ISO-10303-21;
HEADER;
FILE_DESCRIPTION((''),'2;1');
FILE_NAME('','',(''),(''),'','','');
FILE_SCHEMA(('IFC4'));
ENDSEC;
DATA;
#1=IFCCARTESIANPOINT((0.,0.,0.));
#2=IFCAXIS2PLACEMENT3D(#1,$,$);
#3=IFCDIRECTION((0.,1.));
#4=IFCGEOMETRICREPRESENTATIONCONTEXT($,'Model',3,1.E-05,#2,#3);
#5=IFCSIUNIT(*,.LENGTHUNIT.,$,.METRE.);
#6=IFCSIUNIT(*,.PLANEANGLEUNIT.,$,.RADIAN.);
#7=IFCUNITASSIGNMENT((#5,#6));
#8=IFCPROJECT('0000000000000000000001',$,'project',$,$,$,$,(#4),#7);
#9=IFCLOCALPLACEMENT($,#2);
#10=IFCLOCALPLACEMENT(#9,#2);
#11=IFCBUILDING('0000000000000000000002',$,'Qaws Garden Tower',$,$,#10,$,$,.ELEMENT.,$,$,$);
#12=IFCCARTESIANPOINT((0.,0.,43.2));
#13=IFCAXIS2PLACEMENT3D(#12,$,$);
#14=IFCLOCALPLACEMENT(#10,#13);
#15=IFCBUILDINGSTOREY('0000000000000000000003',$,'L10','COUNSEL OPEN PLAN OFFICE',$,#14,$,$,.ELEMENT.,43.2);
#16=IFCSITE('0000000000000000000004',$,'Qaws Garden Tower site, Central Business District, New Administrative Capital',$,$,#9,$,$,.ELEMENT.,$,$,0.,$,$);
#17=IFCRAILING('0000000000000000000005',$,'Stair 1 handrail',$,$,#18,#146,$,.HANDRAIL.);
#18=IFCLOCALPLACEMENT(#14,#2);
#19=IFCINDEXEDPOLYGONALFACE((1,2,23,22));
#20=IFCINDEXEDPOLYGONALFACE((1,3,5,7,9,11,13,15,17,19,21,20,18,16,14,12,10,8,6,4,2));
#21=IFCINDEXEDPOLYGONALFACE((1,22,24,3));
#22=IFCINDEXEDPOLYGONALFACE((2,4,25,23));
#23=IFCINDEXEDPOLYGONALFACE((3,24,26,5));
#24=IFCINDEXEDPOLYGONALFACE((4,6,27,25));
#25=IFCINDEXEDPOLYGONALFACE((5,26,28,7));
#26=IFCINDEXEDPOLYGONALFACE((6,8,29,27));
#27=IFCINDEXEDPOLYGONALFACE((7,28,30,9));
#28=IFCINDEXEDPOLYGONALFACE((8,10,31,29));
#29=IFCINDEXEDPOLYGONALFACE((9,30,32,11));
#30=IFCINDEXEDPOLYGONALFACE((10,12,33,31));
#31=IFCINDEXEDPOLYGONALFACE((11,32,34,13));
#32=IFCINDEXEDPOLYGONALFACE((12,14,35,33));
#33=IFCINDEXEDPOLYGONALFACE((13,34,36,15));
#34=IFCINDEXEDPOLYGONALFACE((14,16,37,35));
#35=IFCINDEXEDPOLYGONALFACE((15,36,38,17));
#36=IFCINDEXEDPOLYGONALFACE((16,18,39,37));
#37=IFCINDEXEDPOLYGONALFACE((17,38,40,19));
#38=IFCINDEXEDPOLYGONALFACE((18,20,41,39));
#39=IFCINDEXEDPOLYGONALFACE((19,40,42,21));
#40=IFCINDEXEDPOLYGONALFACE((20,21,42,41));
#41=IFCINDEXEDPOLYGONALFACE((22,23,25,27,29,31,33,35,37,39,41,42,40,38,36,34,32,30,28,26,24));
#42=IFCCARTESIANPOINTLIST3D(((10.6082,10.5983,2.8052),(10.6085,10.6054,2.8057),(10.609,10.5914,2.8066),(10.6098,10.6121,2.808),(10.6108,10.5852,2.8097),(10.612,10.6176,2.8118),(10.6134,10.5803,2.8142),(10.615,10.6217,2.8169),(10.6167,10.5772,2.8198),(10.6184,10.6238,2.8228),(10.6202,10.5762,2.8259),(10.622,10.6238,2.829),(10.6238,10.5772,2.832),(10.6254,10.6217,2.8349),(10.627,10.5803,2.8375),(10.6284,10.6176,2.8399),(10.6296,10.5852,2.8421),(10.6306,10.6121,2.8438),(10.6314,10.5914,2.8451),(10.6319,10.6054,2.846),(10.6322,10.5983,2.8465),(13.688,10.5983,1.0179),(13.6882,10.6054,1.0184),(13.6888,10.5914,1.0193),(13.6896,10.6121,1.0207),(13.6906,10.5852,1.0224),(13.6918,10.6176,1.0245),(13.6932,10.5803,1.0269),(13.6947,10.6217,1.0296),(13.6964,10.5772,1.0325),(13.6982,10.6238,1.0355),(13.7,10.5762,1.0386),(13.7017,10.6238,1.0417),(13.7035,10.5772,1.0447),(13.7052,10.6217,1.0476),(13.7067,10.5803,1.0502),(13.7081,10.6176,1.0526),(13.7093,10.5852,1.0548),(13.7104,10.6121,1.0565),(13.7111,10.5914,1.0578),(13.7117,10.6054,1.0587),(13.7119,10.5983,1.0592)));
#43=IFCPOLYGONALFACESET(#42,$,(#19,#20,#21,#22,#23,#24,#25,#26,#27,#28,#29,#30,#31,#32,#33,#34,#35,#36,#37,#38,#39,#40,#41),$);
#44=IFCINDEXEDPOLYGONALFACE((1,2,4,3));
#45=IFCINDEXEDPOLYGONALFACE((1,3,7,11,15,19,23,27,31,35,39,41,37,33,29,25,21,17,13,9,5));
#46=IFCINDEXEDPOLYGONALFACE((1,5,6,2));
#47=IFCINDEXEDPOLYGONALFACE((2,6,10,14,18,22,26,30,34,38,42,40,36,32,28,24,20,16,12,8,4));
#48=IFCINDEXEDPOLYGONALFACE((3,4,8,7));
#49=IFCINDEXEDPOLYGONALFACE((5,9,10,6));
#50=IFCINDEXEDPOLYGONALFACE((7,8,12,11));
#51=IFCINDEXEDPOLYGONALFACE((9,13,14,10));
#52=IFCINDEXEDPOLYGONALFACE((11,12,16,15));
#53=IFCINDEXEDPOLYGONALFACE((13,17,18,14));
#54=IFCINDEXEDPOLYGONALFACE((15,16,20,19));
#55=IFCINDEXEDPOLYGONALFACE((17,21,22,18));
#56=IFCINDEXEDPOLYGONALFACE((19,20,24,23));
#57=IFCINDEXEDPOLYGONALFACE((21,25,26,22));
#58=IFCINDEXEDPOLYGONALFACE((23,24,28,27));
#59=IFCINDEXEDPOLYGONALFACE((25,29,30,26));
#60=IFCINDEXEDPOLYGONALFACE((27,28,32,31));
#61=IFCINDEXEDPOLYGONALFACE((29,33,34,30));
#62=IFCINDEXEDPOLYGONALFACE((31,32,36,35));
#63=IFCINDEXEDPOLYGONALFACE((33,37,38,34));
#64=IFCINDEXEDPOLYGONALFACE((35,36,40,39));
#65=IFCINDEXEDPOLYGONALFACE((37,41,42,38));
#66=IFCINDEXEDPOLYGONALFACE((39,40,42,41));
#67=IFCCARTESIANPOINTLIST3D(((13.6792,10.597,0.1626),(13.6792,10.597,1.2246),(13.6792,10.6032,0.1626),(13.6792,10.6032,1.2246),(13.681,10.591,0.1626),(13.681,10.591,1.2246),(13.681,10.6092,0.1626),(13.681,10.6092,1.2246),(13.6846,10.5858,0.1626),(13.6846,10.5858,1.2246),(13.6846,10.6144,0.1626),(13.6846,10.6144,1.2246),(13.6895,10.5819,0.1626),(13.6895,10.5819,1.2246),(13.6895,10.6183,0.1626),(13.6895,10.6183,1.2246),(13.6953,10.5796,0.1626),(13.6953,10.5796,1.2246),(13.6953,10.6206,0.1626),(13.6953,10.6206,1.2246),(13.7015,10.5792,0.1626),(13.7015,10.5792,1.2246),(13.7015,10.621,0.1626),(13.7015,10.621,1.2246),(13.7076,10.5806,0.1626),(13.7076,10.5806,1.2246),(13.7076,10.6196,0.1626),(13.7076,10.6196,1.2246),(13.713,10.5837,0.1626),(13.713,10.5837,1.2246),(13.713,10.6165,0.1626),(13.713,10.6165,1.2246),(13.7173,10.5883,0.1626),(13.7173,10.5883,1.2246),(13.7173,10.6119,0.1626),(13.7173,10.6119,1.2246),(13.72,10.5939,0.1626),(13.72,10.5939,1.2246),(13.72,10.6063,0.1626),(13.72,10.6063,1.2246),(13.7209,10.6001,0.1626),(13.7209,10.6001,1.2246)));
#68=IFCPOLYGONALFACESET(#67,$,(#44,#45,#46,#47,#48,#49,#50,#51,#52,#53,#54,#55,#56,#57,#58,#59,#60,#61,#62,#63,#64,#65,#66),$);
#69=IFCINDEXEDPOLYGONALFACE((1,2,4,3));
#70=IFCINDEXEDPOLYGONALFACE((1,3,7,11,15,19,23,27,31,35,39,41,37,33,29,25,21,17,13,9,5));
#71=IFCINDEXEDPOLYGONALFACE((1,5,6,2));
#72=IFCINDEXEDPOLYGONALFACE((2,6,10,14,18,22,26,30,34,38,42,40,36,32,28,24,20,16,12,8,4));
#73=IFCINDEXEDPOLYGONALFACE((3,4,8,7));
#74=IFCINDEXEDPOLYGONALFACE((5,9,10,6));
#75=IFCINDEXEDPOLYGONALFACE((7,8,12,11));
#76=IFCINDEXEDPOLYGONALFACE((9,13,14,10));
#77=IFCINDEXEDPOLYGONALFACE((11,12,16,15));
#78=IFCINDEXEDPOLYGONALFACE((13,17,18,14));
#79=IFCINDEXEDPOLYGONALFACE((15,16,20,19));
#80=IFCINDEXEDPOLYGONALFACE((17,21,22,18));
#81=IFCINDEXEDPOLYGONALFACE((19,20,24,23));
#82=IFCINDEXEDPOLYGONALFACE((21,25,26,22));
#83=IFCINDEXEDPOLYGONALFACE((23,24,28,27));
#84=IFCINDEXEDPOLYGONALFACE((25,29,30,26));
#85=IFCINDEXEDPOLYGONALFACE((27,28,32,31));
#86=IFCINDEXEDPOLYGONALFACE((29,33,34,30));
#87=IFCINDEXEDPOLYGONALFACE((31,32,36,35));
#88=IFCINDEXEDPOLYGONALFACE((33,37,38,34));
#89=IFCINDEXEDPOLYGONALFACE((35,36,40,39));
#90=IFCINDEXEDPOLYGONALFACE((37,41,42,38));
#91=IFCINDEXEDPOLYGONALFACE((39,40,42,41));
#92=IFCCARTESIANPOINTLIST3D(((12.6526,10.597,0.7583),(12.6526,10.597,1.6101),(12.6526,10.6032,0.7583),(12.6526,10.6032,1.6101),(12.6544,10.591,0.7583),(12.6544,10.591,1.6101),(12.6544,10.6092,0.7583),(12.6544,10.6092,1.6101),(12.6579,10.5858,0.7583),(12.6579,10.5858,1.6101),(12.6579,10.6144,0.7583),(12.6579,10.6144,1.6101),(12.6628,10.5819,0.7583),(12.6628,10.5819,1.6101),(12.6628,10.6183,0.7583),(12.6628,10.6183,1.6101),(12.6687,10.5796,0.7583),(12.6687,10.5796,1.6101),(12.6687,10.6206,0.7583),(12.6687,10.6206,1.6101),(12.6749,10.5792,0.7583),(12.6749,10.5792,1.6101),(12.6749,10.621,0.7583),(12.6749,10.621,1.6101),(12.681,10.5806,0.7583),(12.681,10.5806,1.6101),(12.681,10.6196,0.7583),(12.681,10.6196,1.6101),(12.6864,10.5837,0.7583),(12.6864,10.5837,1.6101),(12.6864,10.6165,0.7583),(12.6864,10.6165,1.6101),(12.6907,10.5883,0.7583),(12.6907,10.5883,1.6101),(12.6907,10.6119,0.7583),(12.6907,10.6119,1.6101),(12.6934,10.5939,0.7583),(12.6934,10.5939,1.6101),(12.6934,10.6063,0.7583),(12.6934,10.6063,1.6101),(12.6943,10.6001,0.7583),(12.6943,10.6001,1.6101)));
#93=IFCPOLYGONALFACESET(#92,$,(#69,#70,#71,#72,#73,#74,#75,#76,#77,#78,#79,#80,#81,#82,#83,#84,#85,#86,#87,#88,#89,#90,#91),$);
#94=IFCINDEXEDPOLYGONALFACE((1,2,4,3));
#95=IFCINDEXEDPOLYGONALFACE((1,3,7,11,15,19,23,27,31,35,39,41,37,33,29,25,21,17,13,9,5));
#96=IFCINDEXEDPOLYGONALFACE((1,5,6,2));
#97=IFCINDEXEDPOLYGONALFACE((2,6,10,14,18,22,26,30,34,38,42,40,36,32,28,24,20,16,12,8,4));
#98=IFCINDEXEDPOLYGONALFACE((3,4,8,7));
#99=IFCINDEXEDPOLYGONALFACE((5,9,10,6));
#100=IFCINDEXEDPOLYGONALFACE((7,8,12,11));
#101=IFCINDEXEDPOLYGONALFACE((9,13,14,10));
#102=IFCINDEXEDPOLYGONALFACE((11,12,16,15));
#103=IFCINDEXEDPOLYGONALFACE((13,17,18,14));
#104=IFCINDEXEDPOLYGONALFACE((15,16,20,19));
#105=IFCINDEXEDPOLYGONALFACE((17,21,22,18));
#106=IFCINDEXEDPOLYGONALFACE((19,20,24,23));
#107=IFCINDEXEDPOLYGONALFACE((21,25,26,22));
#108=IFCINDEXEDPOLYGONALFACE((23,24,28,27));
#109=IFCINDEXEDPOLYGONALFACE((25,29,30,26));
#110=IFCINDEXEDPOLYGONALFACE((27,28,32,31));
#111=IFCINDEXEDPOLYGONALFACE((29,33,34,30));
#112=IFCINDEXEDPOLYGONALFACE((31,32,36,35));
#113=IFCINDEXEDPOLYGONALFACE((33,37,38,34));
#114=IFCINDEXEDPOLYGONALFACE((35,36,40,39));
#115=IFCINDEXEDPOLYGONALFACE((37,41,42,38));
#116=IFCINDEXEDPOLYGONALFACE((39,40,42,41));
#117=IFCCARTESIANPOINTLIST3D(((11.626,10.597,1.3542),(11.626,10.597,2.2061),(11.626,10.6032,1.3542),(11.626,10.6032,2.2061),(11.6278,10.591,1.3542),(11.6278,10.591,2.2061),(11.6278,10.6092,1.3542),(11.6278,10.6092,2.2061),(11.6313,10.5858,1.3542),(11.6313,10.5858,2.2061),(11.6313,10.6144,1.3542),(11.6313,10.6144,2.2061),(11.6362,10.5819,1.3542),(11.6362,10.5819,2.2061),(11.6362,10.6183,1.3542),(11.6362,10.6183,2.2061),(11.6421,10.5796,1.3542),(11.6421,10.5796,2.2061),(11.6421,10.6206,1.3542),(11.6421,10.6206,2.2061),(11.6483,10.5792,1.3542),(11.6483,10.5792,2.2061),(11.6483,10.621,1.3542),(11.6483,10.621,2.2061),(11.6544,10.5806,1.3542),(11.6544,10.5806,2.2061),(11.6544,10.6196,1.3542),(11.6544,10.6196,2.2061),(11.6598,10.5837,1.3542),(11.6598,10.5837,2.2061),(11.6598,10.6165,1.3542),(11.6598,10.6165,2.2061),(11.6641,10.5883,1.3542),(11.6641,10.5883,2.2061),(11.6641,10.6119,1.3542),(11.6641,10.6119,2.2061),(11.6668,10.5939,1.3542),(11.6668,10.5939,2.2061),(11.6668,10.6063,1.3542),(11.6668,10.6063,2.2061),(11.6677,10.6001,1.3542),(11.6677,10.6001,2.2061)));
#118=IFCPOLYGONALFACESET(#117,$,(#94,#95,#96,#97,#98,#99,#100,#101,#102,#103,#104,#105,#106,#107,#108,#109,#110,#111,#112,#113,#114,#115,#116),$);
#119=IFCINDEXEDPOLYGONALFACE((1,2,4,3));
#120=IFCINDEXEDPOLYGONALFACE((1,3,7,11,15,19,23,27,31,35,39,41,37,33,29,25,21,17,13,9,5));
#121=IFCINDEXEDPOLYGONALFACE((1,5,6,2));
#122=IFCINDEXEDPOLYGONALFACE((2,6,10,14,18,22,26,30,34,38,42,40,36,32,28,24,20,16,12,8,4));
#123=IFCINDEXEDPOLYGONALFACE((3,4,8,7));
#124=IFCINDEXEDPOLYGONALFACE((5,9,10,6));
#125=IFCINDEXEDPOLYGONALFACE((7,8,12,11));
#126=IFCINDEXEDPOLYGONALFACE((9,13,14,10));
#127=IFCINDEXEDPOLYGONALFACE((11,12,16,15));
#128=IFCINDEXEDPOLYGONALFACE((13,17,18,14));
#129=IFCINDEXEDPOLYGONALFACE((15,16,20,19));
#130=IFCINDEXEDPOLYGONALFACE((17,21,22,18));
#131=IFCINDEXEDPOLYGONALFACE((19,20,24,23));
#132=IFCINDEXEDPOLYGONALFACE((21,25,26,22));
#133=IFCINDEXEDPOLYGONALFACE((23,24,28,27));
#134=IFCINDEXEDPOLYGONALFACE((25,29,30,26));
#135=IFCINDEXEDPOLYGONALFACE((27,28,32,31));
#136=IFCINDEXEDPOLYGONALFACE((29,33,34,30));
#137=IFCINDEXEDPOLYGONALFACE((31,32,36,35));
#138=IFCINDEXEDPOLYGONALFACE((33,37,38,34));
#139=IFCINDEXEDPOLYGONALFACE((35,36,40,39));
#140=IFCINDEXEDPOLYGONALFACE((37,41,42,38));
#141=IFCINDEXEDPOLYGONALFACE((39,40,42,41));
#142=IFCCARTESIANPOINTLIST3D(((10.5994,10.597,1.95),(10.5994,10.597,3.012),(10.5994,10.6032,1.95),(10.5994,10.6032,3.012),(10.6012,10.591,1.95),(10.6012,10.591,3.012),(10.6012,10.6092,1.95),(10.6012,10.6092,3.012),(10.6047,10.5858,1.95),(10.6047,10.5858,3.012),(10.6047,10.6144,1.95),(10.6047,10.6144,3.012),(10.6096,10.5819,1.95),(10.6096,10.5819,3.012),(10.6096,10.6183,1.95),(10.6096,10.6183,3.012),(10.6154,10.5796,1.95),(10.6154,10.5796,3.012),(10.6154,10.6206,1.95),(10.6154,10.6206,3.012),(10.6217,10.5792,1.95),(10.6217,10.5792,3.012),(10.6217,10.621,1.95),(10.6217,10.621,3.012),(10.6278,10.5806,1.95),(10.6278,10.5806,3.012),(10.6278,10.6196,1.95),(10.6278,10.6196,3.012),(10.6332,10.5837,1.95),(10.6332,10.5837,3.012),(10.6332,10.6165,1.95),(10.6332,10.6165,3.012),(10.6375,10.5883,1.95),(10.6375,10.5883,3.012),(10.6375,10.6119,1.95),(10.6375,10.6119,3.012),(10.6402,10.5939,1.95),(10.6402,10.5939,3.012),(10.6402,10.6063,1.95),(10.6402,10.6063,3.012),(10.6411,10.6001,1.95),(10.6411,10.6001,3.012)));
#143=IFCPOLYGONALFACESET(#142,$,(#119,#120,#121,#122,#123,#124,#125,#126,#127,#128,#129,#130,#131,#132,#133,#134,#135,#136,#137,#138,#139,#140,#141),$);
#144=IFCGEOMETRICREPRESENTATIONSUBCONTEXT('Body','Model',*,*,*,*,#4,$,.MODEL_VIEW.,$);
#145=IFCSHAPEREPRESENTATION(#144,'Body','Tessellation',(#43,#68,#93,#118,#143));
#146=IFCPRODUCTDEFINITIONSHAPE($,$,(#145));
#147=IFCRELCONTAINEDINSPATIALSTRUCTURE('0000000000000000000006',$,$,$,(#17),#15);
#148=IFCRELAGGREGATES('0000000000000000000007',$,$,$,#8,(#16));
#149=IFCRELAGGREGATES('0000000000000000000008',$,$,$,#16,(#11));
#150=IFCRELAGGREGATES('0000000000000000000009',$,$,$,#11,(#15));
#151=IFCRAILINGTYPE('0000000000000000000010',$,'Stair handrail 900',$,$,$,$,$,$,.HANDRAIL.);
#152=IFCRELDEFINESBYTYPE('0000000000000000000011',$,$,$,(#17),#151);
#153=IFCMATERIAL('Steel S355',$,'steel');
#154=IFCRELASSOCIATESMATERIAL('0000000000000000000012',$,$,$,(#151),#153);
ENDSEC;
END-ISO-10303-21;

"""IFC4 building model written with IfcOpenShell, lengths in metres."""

from ifc_helpers import new_model, si_unit, direction, frame, origin, origin_2d, place, context, subcontext, project, spatial, circle, extrude, material, type_object, element, save


model = new_model("IFC4")

# Units and contexts
model_context = context("Model", 3, precision=1e-05, world=origin(), true_north=direction((0.0, 1.0)))
body_context = subcontext(model_context, "Body", "Model", "MODEL_VIEW")
ifc_project = project(units=[si_unit("LENGTHUNIT", "METRE"), si_unit("PLANEANGLEUNIT", "RADIAN")], contexts=[model_context])

# Site, building, storey
site_placement = place(None, origin())
site = spatial("IfcSite", under=ifc_project, at=site_placement, Name="Qaws Garden Tower site, Central Business District, New Administrative Capital", CompositionType="ELEMENT", RefElevation=0.0)
building_placement = place(site_placement, origin())
building = spatial("IfcBuilding", under=site, at=building_placement, Name="Qaws Garden Tower", CompositionType="ELEMENT")
storey_placement = place(building_placement, frame((0.0, 0.0, 43.2)))
storey = spatial("IfcBuildingStorey", under=building, at=storey_placement, Name="L10", Description="COUNSEL OPEN PLAN OFFICE", CompositionType="ELEMENT", Elevation=43.2)

# Railing
ifc_material_1 = material(Name="Steel S355", Category="steel")
railing_type = type_object("IfcRailingType", Name="Stair handrail 900", PredefinedType="HANDRAIL", material=ifc_material_1)
railing_1_placement = place(storey_placement, frame((13.7, 10.6001, 0.1626)))
element("IfcRailing", 1, at=railing_1_placement, inside=storey, type_object=railing_type, Name="Stair 1 handrail", PredefinedType="HANDRAIL", context=body_context, shape_type="SweptSolid", body=[
    extrude(circle(Radius=0.0239, at=origin_2d()), frame((0.0, 0.0, 0.876), z_axis=(-0.864903, 0.0, 0.501939), x_axis=(0.0, -1.0, 0.0)), (0.0, 0.0, 1.0), 3.5608),
    extrude(circle(Radius=0.021, at=origin_2d()), origin(), (0.0, 0.0, 1.0), 1.062),
    extrude(circle(Radius=0.021, at=origin_2d()), frame((-1.0266, 0.0, 0.5957)), (0.0, 0.0, 1.0), 0.8518),
    extrude(circle(Radius=0.021, at=origin_2d()), frame((-2.0532, 0.0, 1.1917)), (0.0, 0.0, 1.0), 0.8518),
    extrude(circle(Radius=0.021, at=origin_2d()), frame((-3.0798, 0.0, 1.7874)), (0.0, 0.0, 1.0), 1.062),
])

save(model, "model.ifc")
